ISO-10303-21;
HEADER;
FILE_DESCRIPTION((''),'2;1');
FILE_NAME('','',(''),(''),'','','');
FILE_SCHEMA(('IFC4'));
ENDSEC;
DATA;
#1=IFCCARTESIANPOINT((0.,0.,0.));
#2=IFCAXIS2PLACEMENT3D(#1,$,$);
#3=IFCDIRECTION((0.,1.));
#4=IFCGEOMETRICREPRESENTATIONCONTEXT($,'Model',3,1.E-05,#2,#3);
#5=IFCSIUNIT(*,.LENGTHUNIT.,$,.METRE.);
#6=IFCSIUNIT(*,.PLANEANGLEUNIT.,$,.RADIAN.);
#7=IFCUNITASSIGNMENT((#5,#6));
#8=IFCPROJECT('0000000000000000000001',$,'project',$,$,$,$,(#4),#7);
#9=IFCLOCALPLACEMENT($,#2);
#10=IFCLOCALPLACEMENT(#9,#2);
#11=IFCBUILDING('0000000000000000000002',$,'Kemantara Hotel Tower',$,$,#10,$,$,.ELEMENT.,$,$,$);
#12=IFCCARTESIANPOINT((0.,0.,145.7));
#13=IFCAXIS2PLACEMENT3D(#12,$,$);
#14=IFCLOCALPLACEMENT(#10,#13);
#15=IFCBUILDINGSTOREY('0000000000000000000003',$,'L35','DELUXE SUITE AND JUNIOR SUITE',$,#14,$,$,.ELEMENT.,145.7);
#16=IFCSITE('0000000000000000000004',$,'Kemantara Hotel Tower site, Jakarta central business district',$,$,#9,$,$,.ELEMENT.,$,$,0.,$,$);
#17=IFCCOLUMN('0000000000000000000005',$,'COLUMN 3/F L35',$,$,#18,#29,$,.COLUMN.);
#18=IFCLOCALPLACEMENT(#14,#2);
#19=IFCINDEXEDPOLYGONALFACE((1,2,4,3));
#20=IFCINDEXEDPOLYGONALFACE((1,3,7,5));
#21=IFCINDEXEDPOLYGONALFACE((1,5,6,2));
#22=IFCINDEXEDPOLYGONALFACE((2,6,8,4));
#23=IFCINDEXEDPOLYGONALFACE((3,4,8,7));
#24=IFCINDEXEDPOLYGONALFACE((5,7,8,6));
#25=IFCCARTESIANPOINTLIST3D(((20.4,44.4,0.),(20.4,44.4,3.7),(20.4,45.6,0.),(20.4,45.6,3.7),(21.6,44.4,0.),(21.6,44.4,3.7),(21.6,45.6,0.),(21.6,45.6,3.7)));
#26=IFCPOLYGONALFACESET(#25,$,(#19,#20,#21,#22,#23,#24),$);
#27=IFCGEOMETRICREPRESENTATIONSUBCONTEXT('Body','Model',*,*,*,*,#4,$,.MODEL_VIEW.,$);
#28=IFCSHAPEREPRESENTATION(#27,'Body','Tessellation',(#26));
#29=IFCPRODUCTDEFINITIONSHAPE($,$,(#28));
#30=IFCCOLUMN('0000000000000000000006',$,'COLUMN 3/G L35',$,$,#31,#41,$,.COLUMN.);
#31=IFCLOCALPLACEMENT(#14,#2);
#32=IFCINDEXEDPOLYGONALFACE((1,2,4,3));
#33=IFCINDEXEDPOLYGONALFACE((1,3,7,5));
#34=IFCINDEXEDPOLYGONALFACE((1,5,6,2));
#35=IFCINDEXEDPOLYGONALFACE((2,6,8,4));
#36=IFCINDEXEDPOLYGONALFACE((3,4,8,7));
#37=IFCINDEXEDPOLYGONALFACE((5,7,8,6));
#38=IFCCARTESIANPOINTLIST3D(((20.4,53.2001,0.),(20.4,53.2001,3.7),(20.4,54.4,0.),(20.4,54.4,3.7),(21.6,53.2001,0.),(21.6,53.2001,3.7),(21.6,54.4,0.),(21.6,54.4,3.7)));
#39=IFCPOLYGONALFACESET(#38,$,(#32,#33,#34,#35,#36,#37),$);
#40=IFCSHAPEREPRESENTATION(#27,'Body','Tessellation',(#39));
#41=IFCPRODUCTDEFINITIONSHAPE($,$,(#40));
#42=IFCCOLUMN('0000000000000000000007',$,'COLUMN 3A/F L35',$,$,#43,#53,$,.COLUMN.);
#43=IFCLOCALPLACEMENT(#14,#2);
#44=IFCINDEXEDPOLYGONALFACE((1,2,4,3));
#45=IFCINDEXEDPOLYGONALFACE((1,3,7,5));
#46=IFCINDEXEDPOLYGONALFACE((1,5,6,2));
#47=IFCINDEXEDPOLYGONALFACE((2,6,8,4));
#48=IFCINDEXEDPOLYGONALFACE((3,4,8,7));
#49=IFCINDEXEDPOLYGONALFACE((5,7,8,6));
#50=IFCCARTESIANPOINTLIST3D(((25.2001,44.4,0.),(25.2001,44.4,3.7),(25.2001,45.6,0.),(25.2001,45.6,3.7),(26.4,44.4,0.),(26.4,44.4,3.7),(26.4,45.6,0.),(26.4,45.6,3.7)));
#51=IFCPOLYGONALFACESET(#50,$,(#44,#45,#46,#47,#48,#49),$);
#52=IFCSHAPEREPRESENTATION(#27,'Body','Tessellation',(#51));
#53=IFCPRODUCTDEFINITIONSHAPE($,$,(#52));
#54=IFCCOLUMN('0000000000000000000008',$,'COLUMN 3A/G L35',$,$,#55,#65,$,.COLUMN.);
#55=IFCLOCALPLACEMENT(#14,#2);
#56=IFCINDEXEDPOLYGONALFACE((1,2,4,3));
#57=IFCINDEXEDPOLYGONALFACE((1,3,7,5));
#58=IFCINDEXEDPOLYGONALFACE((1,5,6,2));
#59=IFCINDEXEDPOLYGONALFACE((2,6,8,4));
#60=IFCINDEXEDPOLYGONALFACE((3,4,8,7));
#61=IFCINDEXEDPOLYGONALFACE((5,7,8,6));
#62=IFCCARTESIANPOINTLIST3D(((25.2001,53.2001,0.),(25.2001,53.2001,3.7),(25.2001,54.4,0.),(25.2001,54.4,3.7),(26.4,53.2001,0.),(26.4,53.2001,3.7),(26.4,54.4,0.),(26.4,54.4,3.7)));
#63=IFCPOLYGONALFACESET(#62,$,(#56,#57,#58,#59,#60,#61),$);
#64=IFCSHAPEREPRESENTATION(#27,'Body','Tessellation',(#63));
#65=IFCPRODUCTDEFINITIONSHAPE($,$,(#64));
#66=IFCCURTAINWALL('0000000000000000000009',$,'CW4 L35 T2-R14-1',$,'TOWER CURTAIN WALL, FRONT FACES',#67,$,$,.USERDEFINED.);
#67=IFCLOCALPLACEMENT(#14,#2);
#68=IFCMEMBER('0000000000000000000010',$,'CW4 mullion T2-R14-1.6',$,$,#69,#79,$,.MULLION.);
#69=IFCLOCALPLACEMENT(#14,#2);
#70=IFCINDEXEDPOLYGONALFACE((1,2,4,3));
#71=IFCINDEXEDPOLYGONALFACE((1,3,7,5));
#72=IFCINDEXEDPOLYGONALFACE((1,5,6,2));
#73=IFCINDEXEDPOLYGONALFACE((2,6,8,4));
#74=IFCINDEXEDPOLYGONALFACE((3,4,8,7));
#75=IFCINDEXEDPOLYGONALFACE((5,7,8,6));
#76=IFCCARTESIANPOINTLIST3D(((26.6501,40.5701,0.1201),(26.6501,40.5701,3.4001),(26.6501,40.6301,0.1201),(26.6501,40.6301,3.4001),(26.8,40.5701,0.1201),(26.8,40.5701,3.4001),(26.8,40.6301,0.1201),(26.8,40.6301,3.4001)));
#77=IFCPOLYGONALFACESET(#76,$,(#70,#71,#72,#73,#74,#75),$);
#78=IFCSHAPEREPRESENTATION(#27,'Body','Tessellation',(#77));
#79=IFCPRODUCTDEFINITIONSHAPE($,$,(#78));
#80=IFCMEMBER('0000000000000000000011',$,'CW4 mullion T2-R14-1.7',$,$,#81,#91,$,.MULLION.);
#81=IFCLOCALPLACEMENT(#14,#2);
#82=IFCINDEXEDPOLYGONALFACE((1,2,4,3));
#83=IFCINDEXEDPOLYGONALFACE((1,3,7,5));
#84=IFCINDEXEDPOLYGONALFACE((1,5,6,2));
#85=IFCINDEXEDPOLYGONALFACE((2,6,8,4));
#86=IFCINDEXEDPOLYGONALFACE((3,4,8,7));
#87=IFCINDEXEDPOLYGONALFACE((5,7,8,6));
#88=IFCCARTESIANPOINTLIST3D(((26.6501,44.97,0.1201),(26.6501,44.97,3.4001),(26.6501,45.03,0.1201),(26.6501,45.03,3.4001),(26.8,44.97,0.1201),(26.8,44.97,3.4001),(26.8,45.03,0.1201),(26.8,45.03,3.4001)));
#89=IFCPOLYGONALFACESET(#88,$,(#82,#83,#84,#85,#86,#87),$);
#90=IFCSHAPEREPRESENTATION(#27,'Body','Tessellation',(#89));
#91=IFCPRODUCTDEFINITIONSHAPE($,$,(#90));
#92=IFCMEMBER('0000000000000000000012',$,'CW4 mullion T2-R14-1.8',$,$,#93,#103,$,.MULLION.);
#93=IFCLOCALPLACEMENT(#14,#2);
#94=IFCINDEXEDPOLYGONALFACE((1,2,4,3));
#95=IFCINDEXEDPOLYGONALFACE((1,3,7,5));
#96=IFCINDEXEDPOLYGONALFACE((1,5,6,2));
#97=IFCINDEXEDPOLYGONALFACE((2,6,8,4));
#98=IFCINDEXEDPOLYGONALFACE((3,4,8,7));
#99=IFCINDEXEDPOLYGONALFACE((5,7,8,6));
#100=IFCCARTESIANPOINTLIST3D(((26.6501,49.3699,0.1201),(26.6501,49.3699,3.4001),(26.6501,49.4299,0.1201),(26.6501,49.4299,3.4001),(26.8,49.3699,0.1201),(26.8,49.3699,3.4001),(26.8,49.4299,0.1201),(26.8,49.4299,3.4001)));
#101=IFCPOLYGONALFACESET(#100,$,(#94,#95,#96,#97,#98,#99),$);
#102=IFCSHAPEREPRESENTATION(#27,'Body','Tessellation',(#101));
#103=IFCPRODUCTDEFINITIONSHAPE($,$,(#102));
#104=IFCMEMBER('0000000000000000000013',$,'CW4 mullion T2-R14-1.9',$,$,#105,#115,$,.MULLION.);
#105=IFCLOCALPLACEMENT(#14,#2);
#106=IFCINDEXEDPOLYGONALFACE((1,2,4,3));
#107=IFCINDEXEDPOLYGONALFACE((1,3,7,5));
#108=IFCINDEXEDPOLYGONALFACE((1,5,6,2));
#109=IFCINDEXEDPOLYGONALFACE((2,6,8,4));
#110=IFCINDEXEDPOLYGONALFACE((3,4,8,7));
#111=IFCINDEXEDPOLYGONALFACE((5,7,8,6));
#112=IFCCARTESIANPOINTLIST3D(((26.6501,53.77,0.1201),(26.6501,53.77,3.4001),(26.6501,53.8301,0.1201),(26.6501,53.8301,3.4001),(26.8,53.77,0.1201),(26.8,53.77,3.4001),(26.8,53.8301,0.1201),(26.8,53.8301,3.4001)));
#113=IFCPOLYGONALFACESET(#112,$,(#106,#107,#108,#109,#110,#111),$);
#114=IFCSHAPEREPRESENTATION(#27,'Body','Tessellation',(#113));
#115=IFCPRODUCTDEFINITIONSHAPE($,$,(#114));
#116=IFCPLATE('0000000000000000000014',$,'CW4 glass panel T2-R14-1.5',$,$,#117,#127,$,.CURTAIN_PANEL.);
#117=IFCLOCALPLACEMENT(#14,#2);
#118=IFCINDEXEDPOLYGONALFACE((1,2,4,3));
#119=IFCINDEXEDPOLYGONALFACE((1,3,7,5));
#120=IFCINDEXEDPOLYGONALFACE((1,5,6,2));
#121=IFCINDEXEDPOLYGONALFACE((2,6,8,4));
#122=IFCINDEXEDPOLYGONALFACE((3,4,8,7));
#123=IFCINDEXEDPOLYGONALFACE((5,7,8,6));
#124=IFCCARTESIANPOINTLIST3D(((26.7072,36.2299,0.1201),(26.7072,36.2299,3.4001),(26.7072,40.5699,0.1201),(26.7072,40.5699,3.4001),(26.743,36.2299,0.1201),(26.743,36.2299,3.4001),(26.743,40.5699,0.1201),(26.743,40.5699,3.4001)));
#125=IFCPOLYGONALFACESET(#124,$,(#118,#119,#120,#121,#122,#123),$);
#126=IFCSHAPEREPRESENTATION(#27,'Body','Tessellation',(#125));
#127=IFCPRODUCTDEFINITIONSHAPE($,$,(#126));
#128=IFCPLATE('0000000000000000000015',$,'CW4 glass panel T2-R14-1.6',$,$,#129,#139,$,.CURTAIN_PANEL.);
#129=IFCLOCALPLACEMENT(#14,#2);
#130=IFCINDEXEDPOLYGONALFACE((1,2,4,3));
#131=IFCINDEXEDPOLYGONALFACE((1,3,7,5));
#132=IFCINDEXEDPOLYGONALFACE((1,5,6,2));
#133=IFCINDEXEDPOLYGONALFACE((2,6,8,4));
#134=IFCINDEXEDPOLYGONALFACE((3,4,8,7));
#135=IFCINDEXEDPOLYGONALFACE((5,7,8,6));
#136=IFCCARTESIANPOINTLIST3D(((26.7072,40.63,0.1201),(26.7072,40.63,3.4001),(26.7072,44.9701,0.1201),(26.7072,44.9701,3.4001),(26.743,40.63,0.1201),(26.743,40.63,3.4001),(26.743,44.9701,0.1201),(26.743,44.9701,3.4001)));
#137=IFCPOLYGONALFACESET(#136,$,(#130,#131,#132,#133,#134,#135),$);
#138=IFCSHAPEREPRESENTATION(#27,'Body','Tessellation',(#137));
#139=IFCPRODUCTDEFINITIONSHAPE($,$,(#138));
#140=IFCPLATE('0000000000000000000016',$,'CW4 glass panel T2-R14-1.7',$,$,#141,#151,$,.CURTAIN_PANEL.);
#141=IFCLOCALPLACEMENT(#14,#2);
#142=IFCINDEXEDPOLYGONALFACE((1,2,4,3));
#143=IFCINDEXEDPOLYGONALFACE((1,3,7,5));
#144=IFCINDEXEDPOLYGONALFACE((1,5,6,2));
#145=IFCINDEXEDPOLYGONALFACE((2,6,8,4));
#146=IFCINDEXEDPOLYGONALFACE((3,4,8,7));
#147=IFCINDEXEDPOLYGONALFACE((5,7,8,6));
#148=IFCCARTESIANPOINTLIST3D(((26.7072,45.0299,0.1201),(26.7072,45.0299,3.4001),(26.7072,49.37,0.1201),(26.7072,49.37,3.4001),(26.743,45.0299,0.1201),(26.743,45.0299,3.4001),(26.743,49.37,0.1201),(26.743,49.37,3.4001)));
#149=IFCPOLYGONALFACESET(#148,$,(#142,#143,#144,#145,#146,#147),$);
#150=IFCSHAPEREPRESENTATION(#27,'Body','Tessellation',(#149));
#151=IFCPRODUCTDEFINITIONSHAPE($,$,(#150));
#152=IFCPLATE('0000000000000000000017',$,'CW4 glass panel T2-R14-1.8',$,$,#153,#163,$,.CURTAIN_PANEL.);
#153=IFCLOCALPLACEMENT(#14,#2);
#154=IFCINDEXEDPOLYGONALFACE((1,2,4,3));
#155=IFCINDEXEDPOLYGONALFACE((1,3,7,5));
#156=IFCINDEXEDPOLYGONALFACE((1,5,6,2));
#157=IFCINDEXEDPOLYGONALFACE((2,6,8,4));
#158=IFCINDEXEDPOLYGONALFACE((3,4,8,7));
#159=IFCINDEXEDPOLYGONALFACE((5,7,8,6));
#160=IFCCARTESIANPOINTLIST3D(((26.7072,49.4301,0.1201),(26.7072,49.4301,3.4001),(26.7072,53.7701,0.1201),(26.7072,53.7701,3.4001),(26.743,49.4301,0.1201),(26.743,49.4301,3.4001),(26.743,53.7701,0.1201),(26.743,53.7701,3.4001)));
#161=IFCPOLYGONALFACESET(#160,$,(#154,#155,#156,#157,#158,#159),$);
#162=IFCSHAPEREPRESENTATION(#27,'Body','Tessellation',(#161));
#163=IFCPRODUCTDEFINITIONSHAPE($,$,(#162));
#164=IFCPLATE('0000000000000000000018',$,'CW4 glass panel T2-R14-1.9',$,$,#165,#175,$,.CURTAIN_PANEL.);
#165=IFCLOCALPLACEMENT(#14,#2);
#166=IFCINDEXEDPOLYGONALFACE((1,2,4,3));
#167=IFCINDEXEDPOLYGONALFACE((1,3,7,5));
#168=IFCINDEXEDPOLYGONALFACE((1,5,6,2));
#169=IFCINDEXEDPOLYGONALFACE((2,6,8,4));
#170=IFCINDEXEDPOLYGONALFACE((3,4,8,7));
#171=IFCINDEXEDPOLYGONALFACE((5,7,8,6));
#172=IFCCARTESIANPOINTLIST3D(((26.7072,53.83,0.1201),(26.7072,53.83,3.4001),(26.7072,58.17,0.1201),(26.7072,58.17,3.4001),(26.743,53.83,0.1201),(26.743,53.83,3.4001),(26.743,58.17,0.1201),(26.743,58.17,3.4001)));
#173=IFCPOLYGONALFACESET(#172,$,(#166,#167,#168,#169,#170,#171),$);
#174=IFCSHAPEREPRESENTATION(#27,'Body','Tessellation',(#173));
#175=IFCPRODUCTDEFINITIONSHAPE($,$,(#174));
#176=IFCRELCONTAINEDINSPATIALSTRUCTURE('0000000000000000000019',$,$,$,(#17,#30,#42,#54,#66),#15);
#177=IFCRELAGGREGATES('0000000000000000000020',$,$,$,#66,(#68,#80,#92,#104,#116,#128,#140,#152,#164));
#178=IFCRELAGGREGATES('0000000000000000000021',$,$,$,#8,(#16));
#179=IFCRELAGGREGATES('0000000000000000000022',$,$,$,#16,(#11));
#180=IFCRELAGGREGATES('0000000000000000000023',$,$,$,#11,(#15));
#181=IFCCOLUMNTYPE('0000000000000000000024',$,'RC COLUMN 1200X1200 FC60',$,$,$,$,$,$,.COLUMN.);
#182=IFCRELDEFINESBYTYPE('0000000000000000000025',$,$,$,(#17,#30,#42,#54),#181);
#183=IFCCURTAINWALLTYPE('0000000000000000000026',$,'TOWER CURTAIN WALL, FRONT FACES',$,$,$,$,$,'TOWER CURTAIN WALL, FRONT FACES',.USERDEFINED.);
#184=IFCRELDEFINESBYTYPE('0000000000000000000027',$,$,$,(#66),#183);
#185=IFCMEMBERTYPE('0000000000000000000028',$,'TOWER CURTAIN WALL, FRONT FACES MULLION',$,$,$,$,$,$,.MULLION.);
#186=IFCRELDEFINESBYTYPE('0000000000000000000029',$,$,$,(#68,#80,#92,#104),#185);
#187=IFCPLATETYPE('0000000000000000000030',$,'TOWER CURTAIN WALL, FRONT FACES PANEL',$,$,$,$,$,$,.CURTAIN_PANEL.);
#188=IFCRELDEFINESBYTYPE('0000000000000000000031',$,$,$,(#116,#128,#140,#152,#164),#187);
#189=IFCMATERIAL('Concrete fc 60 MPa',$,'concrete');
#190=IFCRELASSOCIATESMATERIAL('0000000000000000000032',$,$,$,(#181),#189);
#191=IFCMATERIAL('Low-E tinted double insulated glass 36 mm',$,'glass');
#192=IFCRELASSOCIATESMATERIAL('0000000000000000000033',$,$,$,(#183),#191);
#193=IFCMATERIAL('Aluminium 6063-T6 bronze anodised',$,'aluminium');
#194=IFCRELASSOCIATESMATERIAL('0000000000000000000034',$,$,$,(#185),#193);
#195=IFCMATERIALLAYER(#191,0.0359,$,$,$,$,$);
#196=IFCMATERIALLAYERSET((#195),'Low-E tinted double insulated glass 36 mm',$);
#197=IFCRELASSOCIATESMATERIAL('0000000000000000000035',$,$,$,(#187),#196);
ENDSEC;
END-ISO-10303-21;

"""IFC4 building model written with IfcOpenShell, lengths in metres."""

from ifc_helpers import new_model, si_unit, direction, frame, origin, origin_2d, place, context, subcontext, project, spatial, rectangle, extrude, source, transform, mapped, material, layer, layer_set, material_profile, profile_set, type_object, element, aggregate, save


model = new_model("IFC4")

# Units and contexts
model_context = context("Model", 3, precision=1e-05, world=origin(), true_north=direction((0.0, 1.0)))
body_context = subcontext(model_context, "Body", "Model", "MODEL_VIEW")
ifc_project = project(units=[si_unit("LENGTHUNIT", "METRE"), si_unit("PLANEANGLEUNIT", "RADIAN")], contexts=[model_context])

# Site, building, storey
site_placement = place(None, origin())
site = spatial("IfcSite", under=ifc_project, at=site_placement, Name="Kemantara Hotel Tower site, Jakarta central business district", CompositionType="ELEMENT", RefElevation=0.0)
building_placement = place(site_placement, origin())
building = spatial("IfcBuilding", under=site, at=building_placement, Name="Kemantara Hotel Tower", CompositionType="ELEMENT")
storey_placement = place(building_placement, frame((0.0, 0.0, 145.7)))
storey = spatial("IfcBuildingStorey", under=building, at=storey_placement, Name="L35", Description="DELUXE SUITE AND JUNIOR SUITE", CompositionType="ELEMENT", Elevation=145.7)

# Columns
ifc_material_1 = material(Name="Concrete fc 60 MPa", Category="concrete")
ifc_material_profile_1 = material_profile(ifc_material_1, rectangle(XDim=1.2, YDim=1.2, at=origin_2d()), Name="RC 1200X1200")
ifc_profile_set_1 = profile_set([ifc_material_profile_1], Name="Concrete fc 60 MPa")
column_type = type_object("IfcColumnType", Name="RC COLUMN 1200X1200 FC60", PredefinedType="COLUMN", material=ifc_profile_set_1)
for number, where, z_axis, x_axis, name in (
    (1, (21.0, 45.0, 0.0), (0.0, 0.0, 1.0), (1.0, 0.0, 0.0), "COLUMN 3/F L35"),
    (2, (21.0, 53.8, 0.0), (0.0, 0.0, 1.0), (1.0, 0.0, 0.0), "COLUMN 3/G L35"),
    (3, (25.8, 45.0, 0.0), (0.0, 0.0, 1.0), (1.0, 0.0, 0.0), "COLUMN 3A/F L35"),
    (4, (25.8, 53.8, 0.0), (0.0, 0.0, 1.0), (1.0, 0.0, 0.0), "COLUMN 3A/G L35"),
):
    element("IfcColumn", number, at=place(storey_placement, frame(where, z_axis=z_axis, x_axis=x_axis)), inside=storey, type_object=column_type, Name=name, PredefinedType="COLUMN", context=body_context, shape_type="SweptSolid", body=[
        extrude(rectangle(XDim=1.2, YDim=1.2, at=origin_2d()), origin(), (0.0, 0.0, 1.0), 3.7),
    ])

# Curtain wall, members, plates
ifc_material_2 = material(Name="Low-E tinted double insulated glass 36 mm", Category="glass")
curtain_wall_type = type_object("IfcCurtainWallType", Name="TOWER CURTAIN WALL, FRONT FACES", ElementType="TOWER CURTAIN WALL, FRONT FACES", PredefinedType="USERDEFINED", material=ifc_material_2)
curtain_wall_placement = place(storey_placement, origin())
curtain_wall = element("IfcCurtainWall", 5, at=curtain_wall_placement, inside=storey, type_object=curtain_wall_type, Name="CW4 L35 T2-R14-1", ObjectType="TOWER CURTAIN WALL, FRONT FACES", PredefinedType="USERDEFINED")
ifc_material_3 = material(Name="Aluminium 6063-T6 bronze anodised", Category="aluminium")
ifc_material_profile_2 = material_profile(ifc_material_3, rectangle(XDim=0.1499, YDim=0.0601, at=origin_2d()), Name="TOWER CURTAIN WALL, FRONT FACES MULLION")
ifc_profile_set_2 = profile_set([ifc_material_profile_2], Name="Aluminium 6063-T6 bronze anodised")
member_type = type_object("IfcMemberType", Name="TOWER CURTAIN WALL, FRONT FACES MULLION", PredefinedType="MULLION", material=ifc_profile_set_2)
shared_shape_1 = source(origin(), body_context, "Body", "SweptSolid", [
    extrude(rectangle(XDim=0.1499, YDim=0.0601, at=origin_2d()), origin(), (0.0, 0.0, 1.0), 3.28),
])
member_1_placement = place(storey_placement, frame((26.7251, 40.6001, 0.1201), z_axis=(0.0, 0.0, 1.0), x_axis=(-1.0, 0.0, 0.0)))
member_1 = element("IfcMember", 6, at=member_1_placement, type_object=member_type, Name="CW4 mullion T2-R14-1.6", PredefinedType="MULLION", context=body_context, shape_type="MappedRepresentation", body=[
    mapped(shared_shape_1, transform((0.0, 0.0, 0.0))),
])
member_2_placement = place(storey_placement, frame((26.7251, 45.0, 0.1201), z_axis=(0.0, 0.0, 1.0), x_axis=(-1.0, 0.0, 0.0)))
member_2 = element("IfcMember", 7, at=member_2_placement, type_object=member_type, Name="CW4 mullion T2-R14-1.7", PredefinedType="MULLION", context=body_context, shape_type="MappedRepresentation", body=[
    mapped(shared_shape_1, transform((0.0, 0.0, 0.0))),
])
member_3_placement = place(storey_placement, frame((26.7251, 49.3999, 0.1201), z_axis=(0.0, 0.0, 1.0), x_axis=(-1.0, 0.0, 0.0)))
member_3 = element("IfcMember", 8, at=member_3_placement, type_object=member_type, Name="CW4 mullion T2-R14-1.8", PredefinedType="MULLION", context=body_context, shape_type="MappedRepresentation", body=[
    mapped(shared_shape_1, transform((0.0, 0.0, 0.0))),
])
member_4_placement = place(storey_placement, frame((26.7251, 53.8, 0.1201), z_axis=(0.0, 0.0, 1.0), x_axis=(-1.0, 0.0, 0.0)))
member_4 = element("IfcMember", 9, at=member_4_placement, type_object=member_type, Name="CW4 mullion T2-R14-1.9", PredefinedType="MULLION", context=body_context, shape_type="MappedRepresentation", body=[
    mapped(shared_shape_1, transform((0.0, 0.0, 0.0))),
])
ifc_layer_1 = layer(ifc_material_2, 0.0359)
ifc_layer_set_1 = layer_set([ifc_layer_1], Name="Low-E tinted double insulated glass 36 mm")
plate_type = type_object("IfcPlateType", Name="TOWER CURTAIN WALL, FRONT FACES PANEL", PredefinedType="CURTAIN_PANEL", material=ifc_layer_set_1)
shared_shape_2 = source(origin(), body_context, "Body", "SweptSolid", [
    extrude(rectangle(XDim=4.3401, YDim=0.0359, at=origin_2d()), origin(), (0.0, 0.0, 1.0), 3.28),
])
plate_1_placement = place(storey_placement, frame((26.7251, 38.3999, 0.1201), z_axis=(0.0, 0.0, 1.0), x_axis=(0.0, 1.0, 0.0)))
plate_1 = element("IfcPlate", 10, at=plate_1_placement, type_object=plate_type, Name="CW4 glass panel T2-R14-1.5", PredefinedType="CURTAIN_PANEL", context=body_context, shape_type="MappedRepresentation", body=[
    mapped(shared_shape_2, transform((0.0, 0.0, 0.0))),
])
plate_2_placement = place(storey_placement, frame((26.7251, 42.8, 0.1201), z_axis=(0.0, 0.0, 1.0), x_axis=(0.0, 1.0, 0.0)))
plate_2 = element("IfcPlate", 11, at=plate_2_placement, type_object=plate_type, Name="CW4 glass panel T2-R14-1.6", PredefinedType="CURTAIN_PANEL", context=body_context, shape_type="MappedRepresentation", body=[
    mapped(shared_shape_2, transform((0.0, 0.0, 0.0))),
])
plate_3_placement = place(storey_placement, frame((26.7251, 47.2, 0.1201), z_axis=(0.0, 0.0, 1.0), x_axis=(0.0, 1.0, 0.0)))
plate_3 = element("IfcPlate", 12, at=plate_3_placement, type_object=plate_type, Name="CW4 glass panel T2-R14-1.7", PredefinedType="CURTAIN_PANEL", context=body_context, shape_type="MappedRepresentation", body=[
    mapped(shared_shape_2, transform((0.0, 0.0, 0.0))),
])
plate_4_placement = place(storey_placement, frame((26.7251, 51.6001, 0.1201), z_axis=(0.0, 0.0, 1.0), x_axis=(0.0, 1.0, 0.0)))
plate_4 = element("IfcPlate", 13, at=plate_4_placement, type_object=plate_type, Name="CW4 glass panel T2-R14-1.8", PredefinedType="CURTAIN_PANEL", context=body_context, shape_type="MappedRepresentation", body=[
    mapped(shared_shape_2, transform((0.0, 0.0, 0.0))),
])
plate_5_placement = place(storey_placement, frame((26.7251, 56.0, 0.1201), z_axis=(0.0, 0.0, 1.0), x_axis=(0.0, 1.0, 0.0)))
plate_5 = element("IfcPlate", 14, at=plate_5_placement, type_object=plate_type, Name="CW4 glass panel T2-R14-1.9", PredefinedType="CURTAIN_PANEL", context=body_context, shape_type="MappedRepresentation", body=[
    mapped(shared_shape_2, transform((0.0, 0.0, 0.0))),
])
aggregate(curtain_wall, [member_1, member_2, member_3, member_4, plate_1, plate_2, plate_3, plate_4, plate_5])

save(model, "model.ifc")
